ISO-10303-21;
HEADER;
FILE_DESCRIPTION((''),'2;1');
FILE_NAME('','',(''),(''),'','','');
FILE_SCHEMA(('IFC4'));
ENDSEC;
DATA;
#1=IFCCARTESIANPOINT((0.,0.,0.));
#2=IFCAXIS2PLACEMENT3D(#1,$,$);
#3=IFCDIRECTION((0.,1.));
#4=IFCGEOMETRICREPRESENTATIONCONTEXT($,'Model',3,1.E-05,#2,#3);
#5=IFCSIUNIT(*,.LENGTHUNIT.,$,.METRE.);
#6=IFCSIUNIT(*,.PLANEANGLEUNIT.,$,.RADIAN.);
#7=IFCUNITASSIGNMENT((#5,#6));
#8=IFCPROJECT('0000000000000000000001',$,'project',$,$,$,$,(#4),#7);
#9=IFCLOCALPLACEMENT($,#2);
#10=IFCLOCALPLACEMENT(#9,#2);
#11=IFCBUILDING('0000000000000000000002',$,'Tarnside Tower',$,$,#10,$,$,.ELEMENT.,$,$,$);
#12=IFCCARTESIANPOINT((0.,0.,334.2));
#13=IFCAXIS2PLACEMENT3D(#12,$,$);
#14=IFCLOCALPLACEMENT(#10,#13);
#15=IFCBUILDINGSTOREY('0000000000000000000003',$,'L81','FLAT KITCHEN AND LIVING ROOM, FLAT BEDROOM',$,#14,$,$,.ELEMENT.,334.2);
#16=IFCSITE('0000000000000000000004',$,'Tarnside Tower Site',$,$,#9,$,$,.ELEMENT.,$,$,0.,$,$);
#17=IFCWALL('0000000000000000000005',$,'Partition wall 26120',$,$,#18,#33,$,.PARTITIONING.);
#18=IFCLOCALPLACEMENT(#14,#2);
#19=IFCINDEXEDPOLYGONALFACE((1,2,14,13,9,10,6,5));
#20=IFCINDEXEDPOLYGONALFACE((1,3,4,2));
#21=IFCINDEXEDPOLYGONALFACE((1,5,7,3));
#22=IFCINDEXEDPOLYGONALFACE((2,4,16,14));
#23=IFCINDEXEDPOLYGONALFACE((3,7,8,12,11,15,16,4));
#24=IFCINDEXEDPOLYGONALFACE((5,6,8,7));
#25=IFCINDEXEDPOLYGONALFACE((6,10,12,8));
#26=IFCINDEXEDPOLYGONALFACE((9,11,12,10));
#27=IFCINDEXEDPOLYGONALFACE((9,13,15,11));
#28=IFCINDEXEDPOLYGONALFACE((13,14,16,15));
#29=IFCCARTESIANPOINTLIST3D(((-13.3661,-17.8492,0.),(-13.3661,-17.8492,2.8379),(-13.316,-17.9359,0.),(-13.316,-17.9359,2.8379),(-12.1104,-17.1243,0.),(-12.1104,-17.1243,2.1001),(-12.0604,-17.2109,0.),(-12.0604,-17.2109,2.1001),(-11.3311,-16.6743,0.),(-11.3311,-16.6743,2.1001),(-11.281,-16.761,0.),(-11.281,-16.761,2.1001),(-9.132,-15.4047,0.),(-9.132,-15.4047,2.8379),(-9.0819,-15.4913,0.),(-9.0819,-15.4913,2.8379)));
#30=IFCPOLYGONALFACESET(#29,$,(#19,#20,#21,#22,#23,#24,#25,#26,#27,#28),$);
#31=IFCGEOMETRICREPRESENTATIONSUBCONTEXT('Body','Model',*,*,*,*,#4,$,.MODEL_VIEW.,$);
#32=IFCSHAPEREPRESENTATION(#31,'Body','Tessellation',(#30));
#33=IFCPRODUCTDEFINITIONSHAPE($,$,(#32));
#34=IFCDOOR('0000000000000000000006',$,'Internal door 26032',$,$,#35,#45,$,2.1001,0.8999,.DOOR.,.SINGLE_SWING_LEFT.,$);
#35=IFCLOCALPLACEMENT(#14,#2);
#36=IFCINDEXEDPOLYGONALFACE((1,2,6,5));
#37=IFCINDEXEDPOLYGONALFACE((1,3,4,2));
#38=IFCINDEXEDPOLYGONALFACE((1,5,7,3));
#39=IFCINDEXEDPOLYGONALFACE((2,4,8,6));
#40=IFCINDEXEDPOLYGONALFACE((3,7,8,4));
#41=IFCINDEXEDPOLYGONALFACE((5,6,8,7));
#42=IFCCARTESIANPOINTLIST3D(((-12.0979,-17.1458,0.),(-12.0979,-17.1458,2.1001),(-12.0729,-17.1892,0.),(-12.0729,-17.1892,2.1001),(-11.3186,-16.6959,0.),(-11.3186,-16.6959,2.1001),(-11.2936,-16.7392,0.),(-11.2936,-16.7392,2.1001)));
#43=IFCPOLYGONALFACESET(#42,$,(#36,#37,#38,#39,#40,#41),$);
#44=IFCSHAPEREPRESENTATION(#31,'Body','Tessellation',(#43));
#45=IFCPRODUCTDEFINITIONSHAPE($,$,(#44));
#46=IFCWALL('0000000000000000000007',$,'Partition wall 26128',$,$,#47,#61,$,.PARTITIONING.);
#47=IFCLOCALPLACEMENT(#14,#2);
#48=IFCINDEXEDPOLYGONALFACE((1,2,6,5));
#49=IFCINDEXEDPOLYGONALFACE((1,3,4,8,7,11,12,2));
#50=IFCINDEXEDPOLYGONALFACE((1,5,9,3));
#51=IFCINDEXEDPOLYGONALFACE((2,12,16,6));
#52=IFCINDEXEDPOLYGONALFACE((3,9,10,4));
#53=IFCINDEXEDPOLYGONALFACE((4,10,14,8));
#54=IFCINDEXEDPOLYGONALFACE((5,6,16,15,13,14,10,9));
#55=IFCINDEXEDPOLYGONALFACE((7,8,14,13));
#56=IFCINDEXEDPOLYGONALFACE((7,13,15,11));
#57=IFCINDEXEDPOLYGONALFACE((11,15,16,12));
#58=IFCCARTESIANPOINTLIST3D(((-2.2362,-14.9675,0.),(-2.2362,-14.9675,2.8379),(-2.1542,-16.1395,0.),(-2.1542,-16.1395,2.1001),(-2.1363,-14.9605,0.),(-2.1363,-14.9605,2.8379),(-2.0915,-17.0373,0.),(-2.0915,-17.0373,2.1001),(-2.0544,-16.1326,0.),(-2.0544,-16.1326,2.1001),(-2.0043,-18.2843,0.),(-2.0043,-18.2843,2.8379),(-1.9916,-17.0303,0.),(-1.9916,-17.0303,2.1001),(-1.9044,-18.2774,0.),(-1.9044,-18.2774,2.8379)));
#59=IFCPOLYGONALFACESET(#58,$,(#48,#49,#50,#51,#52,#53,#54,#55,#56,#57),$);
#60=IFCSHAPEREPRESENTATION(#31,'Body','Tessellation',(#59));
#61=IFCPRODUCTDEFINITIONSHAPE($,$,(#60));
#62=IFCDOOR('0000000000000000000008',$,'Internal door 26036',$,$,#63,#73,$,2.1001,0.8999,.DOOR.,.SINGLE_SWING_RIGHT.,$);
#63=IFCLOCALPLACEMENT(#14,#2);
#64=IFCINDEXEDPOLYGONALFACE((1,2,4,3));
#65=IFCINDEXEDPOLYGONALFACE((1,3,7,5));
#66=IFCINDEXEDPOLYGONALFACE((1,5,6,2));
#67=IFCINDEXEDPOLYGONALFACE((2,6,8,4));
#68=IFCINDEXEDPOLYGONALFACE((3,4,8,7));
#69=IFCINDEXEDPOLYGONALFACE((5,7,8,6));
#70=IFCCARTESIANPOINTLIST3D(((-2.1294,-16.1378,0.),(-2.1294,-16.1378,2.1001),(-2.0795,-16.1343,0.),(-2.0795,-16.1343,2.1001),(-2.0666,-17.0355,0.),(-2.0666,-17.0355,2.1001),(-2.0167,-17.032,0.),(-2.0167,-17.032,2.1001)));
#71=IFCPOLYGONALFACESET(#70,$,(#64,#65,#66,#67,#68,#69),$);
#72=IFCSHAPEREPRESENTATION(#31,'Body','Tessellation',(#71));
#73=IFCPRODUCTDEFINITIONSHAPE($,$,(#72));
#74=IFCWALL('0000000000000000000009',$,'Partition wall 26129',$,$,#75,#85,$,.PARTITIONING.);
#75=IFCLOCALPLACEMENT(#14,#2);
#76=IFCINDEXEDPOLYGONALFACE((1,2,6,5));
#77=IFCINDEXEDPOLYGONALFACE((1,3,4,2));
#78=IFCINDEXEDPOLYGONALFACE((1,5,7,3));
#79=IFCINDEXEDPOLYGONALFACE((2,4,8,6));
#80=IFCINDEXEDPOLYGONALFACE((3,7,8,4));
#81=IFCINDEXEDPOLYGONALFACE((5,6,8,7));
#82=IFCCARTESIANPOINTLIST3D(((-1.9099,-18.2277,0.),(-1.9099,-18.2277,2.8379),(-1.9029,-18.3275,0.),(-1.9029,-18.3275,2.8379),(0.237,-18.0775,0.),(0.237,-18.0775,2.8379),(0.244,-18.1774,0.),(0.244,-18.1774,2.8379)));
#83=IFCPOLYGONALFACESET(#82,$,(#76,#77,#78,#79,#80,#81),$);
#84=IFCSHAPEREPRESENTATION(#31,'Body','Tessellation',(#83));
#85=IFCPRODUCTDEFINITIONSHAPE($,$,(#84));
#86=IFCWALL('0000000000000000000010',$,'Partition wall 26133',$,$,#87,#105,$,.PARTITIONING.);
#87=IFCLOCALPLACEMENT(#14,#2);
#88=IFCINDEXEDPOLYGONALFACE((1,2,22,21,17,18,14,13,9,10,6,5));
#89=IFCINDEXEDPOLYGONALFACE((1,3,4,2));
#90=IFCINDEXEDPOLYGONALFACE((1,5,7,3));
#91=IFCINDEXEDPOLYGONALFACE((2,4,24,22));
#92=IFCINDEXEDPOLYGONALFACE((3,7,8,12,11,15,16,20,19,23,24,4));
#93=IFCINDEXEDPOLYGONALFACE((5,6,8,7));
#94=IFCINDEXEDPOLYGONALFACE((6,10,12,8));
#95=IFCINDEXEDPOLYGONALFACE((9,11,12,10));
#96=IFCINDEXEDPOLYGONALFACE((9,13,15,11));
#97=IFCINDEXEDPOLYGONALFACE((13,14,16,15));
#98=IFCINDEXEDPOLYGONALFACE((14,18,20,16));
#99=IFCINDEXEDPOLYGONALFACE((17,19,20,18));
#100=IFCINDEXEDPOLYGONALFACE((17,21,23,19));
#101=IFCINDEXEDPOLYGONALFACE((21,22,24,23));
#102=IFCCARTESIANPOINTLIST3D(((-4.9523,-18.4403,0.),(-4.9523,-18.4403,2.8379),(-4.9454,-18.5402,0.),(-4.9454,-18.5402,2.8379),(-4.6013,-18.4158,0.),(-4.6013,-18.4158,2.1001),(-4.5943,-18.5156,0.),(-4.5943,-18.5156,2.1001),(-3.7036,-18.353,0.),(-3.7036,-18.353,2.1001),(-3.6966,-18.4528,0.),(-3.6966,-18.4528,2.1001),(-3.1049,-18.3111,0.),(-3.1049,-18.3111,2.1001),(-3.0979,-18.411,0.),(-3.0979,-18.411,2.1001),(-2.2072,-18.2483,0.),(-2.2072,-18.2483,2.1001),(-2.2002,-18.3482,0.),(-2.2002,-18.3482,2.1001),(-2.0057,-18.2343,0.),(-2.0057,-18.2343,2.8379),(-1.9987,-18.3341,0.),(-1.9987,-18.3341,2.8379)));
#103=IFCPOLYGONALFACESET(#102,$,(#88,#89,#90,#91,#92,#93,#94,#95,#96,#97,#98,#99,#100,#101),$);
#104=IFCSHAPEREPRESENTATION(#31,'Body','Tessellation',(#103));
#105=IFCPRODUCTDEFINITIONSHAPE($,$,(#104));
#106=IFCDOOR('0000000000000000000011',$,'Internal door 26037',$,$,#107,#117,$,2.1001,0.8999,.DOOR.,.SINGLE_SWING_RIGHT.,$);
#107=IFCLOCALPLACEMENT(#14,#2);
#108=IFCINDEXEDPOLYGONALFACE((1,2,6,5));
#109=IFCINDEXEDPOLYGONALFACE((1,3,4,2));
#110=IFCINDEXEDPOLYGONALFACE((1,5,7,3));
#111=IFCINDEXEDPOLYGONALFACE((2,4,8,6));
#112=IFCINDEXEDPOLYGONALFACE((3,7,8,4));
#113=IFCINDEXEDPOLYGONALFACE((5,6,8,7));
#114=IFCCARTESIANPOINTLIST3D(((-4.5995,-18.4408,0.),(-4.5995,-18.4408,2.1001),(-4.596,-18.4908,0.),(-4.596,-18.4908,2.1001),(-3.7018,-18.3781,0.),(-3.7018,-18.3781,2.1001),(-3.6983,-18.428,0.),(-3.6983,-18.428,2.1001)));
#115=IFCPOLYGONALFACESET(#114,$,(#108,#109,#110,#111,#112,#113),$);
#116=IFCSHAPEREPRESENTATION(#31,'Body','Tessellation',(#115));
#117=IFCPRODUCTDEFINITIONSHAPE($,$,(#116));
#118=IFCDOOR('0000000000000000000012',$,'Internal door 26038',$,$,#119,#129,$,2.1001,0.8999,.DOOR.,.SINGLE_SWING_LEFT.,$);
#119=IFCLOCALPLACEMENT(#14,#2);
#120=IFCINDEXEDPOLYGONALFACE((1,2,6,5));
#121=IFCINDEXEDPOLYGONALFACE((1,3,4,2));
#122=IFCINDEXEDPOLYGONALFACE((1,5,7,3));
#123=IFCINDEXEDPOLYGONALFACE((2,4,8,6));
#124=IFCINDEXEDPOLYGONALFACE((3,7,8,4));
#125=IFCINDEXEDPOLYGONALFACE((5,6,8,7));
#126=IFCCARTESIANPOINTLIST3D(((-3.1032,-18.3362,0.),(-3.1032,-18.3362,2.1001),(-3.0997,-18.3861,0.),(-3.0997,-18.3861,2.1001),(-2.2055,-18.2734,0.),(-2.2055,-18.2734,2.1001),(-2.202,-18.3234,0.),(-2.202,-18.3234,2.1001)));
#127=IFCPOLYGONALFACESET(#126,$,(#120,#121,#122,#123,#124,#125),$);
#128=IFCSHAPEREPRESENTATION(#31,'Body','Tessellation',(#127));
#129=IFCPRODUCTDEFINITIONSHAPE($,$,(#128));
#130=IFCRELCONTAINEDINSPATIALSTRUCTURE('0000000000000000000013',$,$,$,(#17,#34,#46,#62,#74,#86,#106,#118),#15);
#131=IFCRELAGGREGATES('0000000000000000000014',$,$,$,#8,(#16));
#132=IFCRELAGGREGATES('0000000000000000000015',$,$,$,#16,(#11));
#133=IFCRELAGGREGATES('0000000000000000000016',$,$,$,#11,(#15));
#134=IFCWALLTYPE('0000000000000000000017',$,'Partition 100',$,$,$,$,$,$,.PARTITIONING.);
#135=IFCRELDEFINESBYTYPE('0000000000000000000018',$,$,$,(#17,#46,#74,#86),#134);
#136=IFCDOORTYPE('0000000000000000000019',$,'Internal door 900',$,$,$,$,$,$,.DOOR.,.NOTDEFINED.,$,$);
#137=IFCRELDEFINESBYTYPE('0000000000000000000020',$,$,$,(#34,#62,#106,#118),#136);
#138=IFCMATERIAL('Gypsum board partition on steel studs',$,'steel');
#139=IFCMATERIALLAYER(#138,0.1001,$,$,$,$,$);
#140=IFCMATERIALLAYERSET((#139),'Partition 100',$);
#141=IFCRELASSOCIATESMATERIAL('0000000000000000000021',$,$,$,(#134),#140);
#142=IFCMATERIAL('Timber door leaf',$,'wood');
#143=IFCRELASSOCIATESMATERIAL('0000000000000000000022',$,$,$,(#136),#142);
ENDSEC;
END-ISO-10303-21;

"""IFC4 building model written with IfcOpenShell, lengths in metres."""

from ifc_helpers import new_model, si_unit, direction, frame, frame_2d, origin, place, context, subcontext, project, spatial, rectangle, extrude, material, layer, layer_set, type_object, element, fill, save


model = new_model("IFC4")

# Units and contexts
model_context = context("Model", 3, precision=1e-05, world=origin(), true_north=direction((0.0, 1.0)))
body_context = subcontext(model_context, "Body", "Model", "MODEL_VIEW")
ifc_project = project(units=[si_unit("LENGTHUNIT", "METRE"), si_unit("PLANEANGLEUNIT", "RADIAN")], contexts=[model_context])

# Site, building, storey
site_placement = place(None, origin())
site = spatial("IfcSite", under=ifc_project, at=site_placement, Name="Tarnside Tower Site", CompositionType="ELEMENT", RefElevation=0.0)
building_placement = place(site_placement, origin())
building = spatial("IfcBuilding", under=site, at=building_placement, Name="Tarnside Tower", CompositionType="ELEMENT")
storey_placement = place(building_placement, frame((0.0, 0.0, 334.2)))
storey = spatial("IfcBuildingStorey", under=building, at=storey_placement, Name="L81", Description="FLAT KITCHEN AND LIVING ROOM, FLAT BEDROOM", CompositionType="ELEMENT", Elevation=334.2)

# Shared definitions
ifc_material_1 = material(Name="Gypsum board partition on steel studs", Category="steel")
ifc_material_2 = material(Name="Timber door leaf", Category="wood")

# Walls, openings, doors
ifc_layer_1 = layer(ifc_material_1, 0.1001)
ifc_layer_set_1 = layer_set([ifc_layer_1], Name="Partition 100")
wall_type_1 = type_object("IfcWallType", Name="Partition 100", PredefinedType="PARTITIONING", material=ifc_layer_set_1)
wall_1_placement = place(storey_placement, frame((-9.1069, -15.448, 0.0), z_axis=(0.0, 0.0, 1.0), x_axis=(-0.866025, -0.500001, 0.0)))
wall_1 = element("IfcWall", 1, at=wall_1_placement, inside=storey, type_object=wall_type_1, Name="Partition wall 26120", PredefinedType="PARTITIONING", context=body_context, shape_type="SweptSolid", body=[
    extrude(rectangle(XDim=4.8892, YDim=0.1001, at=frame_2d((2.4446, 0.0))), origin(), (0.0, 0.0, 1.0), 2.8379),
])
opening_1_placement = place(wall_1_placement, frame((2.5393, 0.0, 0.0)))
opening_1 = element("IfcOpeningElement", 2, at=opening_1_placement, cuts=wall_1, PredefinedType="OPENING", context=body_context, shape_type="SweptSolid", body=[
    extrude(rectangle(XDim=0.8999, YDim=2.1001, at=frame_2d((0.45, 1.05))), frame((0.0, 0.0601, 0.0), z_axis=(0.0, -1.0, 0.0), x_axis=(1.0, 0.0, 0.0)), (0.0, 0.0, 1.0), 0.1201),
])
door_type_1 = type_object("IfcDoorType", Name="Internal door 900", OperationType="NOTDEFINED", PredefinedType="DOOR", material=ifc_material_2)
door_1_placement = place(opening_1_placement, origin())
door_1 = element("IfcDoor", 3, at=door_1_placement, inside=storey, type_object=door_type_1, Name="Internal door 26032", OperationType="SINGLE_SWING_LEFT", OverallHeight=2.1001, OverallWidth=0.8999, PredefinedType="DOOR", context=body_context, shape_type="SweptSolid", body=[
    extrude(rectangle(XDim=0.8999, YDim=2.1001, at=frame_2d((0.45, 1.05))), frame((0.0, 0.0249, 0.0), z_axis=(0.0, -1.0, 0.0), x_axis=(1.0, 0.0, 0.0)), (0.0, 0.0, 1.0), 0.05),
])
fill(opening_1, door_1)
wall_2_placement = place(storey_placement, frame((-2.1863, -14.9639, 0.0), z_axis=(0.0, 0.0, 1.0), x_axis=(0.069755, -0.997564, 0.0)))
wall_2 = element("IfcWall", 4, at=wall_2_placement, inside=storey, type_object=wall_type_1, Name="Partition wall 26128", PredefinedType="PARTITIONING", context=body_context, shape_type="SweptSolid", body=[
    extrude(rectangle(XDim=3.325, YDim=0.1001, at=frame_2d((1.6626, 0.0))), origin(), (0.0, 0.0, 1.0), 2.8379),
])
opening_2_placement = place(wall_2_placement, frame((1.175, 0.0, 0.0)))
opening_2 = element("IfcOpeningElement", 5, at=opening_2_placement, cuts=wall_2, PredefinedType="OPENING", context=body_context, shape_type="SweptSolid", body=[
    extrude(rectangle(XDim=0.8999, YDim=2.1001, at=frame_2d((0.45, 1.05))), frame((0.0, 0.0601, 0.0), z_axis=(0.0, -1.0, 0.0), x_axis=(1.0, 0.0, 0.0)), (0.0, 0.0, 1.0), 0.1201),
])
door_2_placement = place(opening_2_placement, origin())
door_2 = element("IfcDoor", 6, at=door_2_placement, inside=storey, type_object=door_type_1, Name="Internal door 26036", OperationType="SINGLE_SWING_RIGHT", OverallHeight=2.1001, OverallWidth=0.8999, PredefinedType="DOOR", context=body_context, shape_type="SweptSolid", body=[
    extrude(rectangle(XDim=0.8999, YDim=2.1001, at=frame_2d((0.45, 1.05))), frame((0.0, 0.0249, 0.0), z_axis=(0.0, -1.0, 0.0), x_axis=(1.0, 0.0, 0.0)), (0.0, 0.0, 1.0), 0.05),
])
fill(opening_2, door_2)

# Wall
wall_3_placement = place(storey_placement, frame((-1.9065, -18.2776, 0.0), z_axis=(0.0, 0.0, 1.0), x_axis=(0.997564, 0.069764, 0.0)))
element("IfcWall", 7, at=wall_3_placement, inside=storey, type_object=wall_type_1, Name="Partition wall 26129", PredefinedType="PARTITIONING", context=body_context, shape_type="SweptSolid", body=[
    extrude(rectangle(XDim=2.1521, YDim=0.1001, at=frame_2d((1.0762, 0.0))), origin(), (0.0, 0.0, 1.0), 2.8379),
])

# Wall, openings, doors
wall_4_placement = place(storey_placement, frame((-4.949, -18.4902, 0.0), z_axis=(0.0, 0.0, 1.0), x_axis=(0.997564, 0.069755, 0.0)))
wall_4 = element("IfcWall", 8, at=wall_4_placement, inside=storey, type_object=wall_type_1, Name="Partition wall 26133", PredefinedType="PARTITIONING", context=body_context, shape_type="SweptSolid", body=[
    extrude(rectangle(XDim=2.9539, YDim=0.1001, at=frame_2d((1.4771, 0.0))), origin(), (0.0, 0.0, 1.0), 2.8379),
])
opening_3_placement = place(wall_4_placement, frame((0.3521, 0.0, 0.0)))
opening_3 = element("IfcOpeningElement", 9, at=opening_3_placement, cuts=wall_4, PredefinedType="OPENING", context=body_context, shape_type="SweptSolid", body=[
    extrude(rectangle(XDim=0.8999, YDim=2.1001, at=frame_2d((0.45, 1.05))), frame((0.0, 0.0601, 0.0), z_axis=(0.0, -1.0, 0.0), x_axis=(1.0, 0.0, 0.0)), (0.0, 0.0, 1.0), 0.1201),
])
opening_4_placement = place(wall_4_placement, frame((1.8521, 0.0, 0.0)))
opening_4 = element("IfcOpeningElement", 10, at=opening_4_placement, cuts=wall_4, PredefinedType="OPENING", context=body_context, shape_type="SweptSolid", body=[
    extrude(rectangle(XDim=0.8999, YDim=2.1001, at=frame_2d((0.45, 1.05))), frame((0.0, 0.0601, 0.0), z_axis=(0.0, -1.0, 0.0), x_axis=(1.0, 0.0, 0.0)), (0.0, 0.0, 1.0), 0.1201),
])
door_3_placement = place(opening_3_placement, origin())
door_3 = element("IfcDoor", 11, at=door_3_placement, inside=storey, type_object=door_type_1, Name="Internal door 26037", OperationType="SINGLE_SWING_RIGHT", OverallHeight=2.1001, OverallWidth=0.8999, PredefinedType="DOOR", context=body_context, shape_type="SweptSolid", body=[
    extrude(rectangle(XDim=0.8999, YDim=2.1001, at=frame_2d((0.45, 1.05))), frame((0.0, 0.0249, 0.0), z_axis=(0.0, -1.0, 0.0), x_axis=(1.0, 0.0, 0.0)), (0.0, 0.0, 1.0), 0.05),
])
fill(opening_3, door_3)
door_4_placement = place(opening_4_placement, origin())
door_4 = element("IfcDoor", 12, at=door_4_placement, inside=storey, type_object=door_type_1, Name="Internal door 26038", OperationType="SINGLE_SWING_LEFT", OverallHeight=2.1001, OverallWidth=0.8999, PredefinedType="DOOR", context=body_context, shape_type="SweptSolid", body=[
    extrude(rectangle(XDim=0.8999, YDim=2.1001, at=frame_2d((0.45, 1.05))), frame((0.0, 0.0249, 0.0), z_axis=(0.0, -1.0, 0.0), x_axis=(1.0, 0.0, 0.0)), (0.0, 0.0, 1.0), 0.05),
])
fill(opening_4, door_4)

save(model, "model.ifc")
